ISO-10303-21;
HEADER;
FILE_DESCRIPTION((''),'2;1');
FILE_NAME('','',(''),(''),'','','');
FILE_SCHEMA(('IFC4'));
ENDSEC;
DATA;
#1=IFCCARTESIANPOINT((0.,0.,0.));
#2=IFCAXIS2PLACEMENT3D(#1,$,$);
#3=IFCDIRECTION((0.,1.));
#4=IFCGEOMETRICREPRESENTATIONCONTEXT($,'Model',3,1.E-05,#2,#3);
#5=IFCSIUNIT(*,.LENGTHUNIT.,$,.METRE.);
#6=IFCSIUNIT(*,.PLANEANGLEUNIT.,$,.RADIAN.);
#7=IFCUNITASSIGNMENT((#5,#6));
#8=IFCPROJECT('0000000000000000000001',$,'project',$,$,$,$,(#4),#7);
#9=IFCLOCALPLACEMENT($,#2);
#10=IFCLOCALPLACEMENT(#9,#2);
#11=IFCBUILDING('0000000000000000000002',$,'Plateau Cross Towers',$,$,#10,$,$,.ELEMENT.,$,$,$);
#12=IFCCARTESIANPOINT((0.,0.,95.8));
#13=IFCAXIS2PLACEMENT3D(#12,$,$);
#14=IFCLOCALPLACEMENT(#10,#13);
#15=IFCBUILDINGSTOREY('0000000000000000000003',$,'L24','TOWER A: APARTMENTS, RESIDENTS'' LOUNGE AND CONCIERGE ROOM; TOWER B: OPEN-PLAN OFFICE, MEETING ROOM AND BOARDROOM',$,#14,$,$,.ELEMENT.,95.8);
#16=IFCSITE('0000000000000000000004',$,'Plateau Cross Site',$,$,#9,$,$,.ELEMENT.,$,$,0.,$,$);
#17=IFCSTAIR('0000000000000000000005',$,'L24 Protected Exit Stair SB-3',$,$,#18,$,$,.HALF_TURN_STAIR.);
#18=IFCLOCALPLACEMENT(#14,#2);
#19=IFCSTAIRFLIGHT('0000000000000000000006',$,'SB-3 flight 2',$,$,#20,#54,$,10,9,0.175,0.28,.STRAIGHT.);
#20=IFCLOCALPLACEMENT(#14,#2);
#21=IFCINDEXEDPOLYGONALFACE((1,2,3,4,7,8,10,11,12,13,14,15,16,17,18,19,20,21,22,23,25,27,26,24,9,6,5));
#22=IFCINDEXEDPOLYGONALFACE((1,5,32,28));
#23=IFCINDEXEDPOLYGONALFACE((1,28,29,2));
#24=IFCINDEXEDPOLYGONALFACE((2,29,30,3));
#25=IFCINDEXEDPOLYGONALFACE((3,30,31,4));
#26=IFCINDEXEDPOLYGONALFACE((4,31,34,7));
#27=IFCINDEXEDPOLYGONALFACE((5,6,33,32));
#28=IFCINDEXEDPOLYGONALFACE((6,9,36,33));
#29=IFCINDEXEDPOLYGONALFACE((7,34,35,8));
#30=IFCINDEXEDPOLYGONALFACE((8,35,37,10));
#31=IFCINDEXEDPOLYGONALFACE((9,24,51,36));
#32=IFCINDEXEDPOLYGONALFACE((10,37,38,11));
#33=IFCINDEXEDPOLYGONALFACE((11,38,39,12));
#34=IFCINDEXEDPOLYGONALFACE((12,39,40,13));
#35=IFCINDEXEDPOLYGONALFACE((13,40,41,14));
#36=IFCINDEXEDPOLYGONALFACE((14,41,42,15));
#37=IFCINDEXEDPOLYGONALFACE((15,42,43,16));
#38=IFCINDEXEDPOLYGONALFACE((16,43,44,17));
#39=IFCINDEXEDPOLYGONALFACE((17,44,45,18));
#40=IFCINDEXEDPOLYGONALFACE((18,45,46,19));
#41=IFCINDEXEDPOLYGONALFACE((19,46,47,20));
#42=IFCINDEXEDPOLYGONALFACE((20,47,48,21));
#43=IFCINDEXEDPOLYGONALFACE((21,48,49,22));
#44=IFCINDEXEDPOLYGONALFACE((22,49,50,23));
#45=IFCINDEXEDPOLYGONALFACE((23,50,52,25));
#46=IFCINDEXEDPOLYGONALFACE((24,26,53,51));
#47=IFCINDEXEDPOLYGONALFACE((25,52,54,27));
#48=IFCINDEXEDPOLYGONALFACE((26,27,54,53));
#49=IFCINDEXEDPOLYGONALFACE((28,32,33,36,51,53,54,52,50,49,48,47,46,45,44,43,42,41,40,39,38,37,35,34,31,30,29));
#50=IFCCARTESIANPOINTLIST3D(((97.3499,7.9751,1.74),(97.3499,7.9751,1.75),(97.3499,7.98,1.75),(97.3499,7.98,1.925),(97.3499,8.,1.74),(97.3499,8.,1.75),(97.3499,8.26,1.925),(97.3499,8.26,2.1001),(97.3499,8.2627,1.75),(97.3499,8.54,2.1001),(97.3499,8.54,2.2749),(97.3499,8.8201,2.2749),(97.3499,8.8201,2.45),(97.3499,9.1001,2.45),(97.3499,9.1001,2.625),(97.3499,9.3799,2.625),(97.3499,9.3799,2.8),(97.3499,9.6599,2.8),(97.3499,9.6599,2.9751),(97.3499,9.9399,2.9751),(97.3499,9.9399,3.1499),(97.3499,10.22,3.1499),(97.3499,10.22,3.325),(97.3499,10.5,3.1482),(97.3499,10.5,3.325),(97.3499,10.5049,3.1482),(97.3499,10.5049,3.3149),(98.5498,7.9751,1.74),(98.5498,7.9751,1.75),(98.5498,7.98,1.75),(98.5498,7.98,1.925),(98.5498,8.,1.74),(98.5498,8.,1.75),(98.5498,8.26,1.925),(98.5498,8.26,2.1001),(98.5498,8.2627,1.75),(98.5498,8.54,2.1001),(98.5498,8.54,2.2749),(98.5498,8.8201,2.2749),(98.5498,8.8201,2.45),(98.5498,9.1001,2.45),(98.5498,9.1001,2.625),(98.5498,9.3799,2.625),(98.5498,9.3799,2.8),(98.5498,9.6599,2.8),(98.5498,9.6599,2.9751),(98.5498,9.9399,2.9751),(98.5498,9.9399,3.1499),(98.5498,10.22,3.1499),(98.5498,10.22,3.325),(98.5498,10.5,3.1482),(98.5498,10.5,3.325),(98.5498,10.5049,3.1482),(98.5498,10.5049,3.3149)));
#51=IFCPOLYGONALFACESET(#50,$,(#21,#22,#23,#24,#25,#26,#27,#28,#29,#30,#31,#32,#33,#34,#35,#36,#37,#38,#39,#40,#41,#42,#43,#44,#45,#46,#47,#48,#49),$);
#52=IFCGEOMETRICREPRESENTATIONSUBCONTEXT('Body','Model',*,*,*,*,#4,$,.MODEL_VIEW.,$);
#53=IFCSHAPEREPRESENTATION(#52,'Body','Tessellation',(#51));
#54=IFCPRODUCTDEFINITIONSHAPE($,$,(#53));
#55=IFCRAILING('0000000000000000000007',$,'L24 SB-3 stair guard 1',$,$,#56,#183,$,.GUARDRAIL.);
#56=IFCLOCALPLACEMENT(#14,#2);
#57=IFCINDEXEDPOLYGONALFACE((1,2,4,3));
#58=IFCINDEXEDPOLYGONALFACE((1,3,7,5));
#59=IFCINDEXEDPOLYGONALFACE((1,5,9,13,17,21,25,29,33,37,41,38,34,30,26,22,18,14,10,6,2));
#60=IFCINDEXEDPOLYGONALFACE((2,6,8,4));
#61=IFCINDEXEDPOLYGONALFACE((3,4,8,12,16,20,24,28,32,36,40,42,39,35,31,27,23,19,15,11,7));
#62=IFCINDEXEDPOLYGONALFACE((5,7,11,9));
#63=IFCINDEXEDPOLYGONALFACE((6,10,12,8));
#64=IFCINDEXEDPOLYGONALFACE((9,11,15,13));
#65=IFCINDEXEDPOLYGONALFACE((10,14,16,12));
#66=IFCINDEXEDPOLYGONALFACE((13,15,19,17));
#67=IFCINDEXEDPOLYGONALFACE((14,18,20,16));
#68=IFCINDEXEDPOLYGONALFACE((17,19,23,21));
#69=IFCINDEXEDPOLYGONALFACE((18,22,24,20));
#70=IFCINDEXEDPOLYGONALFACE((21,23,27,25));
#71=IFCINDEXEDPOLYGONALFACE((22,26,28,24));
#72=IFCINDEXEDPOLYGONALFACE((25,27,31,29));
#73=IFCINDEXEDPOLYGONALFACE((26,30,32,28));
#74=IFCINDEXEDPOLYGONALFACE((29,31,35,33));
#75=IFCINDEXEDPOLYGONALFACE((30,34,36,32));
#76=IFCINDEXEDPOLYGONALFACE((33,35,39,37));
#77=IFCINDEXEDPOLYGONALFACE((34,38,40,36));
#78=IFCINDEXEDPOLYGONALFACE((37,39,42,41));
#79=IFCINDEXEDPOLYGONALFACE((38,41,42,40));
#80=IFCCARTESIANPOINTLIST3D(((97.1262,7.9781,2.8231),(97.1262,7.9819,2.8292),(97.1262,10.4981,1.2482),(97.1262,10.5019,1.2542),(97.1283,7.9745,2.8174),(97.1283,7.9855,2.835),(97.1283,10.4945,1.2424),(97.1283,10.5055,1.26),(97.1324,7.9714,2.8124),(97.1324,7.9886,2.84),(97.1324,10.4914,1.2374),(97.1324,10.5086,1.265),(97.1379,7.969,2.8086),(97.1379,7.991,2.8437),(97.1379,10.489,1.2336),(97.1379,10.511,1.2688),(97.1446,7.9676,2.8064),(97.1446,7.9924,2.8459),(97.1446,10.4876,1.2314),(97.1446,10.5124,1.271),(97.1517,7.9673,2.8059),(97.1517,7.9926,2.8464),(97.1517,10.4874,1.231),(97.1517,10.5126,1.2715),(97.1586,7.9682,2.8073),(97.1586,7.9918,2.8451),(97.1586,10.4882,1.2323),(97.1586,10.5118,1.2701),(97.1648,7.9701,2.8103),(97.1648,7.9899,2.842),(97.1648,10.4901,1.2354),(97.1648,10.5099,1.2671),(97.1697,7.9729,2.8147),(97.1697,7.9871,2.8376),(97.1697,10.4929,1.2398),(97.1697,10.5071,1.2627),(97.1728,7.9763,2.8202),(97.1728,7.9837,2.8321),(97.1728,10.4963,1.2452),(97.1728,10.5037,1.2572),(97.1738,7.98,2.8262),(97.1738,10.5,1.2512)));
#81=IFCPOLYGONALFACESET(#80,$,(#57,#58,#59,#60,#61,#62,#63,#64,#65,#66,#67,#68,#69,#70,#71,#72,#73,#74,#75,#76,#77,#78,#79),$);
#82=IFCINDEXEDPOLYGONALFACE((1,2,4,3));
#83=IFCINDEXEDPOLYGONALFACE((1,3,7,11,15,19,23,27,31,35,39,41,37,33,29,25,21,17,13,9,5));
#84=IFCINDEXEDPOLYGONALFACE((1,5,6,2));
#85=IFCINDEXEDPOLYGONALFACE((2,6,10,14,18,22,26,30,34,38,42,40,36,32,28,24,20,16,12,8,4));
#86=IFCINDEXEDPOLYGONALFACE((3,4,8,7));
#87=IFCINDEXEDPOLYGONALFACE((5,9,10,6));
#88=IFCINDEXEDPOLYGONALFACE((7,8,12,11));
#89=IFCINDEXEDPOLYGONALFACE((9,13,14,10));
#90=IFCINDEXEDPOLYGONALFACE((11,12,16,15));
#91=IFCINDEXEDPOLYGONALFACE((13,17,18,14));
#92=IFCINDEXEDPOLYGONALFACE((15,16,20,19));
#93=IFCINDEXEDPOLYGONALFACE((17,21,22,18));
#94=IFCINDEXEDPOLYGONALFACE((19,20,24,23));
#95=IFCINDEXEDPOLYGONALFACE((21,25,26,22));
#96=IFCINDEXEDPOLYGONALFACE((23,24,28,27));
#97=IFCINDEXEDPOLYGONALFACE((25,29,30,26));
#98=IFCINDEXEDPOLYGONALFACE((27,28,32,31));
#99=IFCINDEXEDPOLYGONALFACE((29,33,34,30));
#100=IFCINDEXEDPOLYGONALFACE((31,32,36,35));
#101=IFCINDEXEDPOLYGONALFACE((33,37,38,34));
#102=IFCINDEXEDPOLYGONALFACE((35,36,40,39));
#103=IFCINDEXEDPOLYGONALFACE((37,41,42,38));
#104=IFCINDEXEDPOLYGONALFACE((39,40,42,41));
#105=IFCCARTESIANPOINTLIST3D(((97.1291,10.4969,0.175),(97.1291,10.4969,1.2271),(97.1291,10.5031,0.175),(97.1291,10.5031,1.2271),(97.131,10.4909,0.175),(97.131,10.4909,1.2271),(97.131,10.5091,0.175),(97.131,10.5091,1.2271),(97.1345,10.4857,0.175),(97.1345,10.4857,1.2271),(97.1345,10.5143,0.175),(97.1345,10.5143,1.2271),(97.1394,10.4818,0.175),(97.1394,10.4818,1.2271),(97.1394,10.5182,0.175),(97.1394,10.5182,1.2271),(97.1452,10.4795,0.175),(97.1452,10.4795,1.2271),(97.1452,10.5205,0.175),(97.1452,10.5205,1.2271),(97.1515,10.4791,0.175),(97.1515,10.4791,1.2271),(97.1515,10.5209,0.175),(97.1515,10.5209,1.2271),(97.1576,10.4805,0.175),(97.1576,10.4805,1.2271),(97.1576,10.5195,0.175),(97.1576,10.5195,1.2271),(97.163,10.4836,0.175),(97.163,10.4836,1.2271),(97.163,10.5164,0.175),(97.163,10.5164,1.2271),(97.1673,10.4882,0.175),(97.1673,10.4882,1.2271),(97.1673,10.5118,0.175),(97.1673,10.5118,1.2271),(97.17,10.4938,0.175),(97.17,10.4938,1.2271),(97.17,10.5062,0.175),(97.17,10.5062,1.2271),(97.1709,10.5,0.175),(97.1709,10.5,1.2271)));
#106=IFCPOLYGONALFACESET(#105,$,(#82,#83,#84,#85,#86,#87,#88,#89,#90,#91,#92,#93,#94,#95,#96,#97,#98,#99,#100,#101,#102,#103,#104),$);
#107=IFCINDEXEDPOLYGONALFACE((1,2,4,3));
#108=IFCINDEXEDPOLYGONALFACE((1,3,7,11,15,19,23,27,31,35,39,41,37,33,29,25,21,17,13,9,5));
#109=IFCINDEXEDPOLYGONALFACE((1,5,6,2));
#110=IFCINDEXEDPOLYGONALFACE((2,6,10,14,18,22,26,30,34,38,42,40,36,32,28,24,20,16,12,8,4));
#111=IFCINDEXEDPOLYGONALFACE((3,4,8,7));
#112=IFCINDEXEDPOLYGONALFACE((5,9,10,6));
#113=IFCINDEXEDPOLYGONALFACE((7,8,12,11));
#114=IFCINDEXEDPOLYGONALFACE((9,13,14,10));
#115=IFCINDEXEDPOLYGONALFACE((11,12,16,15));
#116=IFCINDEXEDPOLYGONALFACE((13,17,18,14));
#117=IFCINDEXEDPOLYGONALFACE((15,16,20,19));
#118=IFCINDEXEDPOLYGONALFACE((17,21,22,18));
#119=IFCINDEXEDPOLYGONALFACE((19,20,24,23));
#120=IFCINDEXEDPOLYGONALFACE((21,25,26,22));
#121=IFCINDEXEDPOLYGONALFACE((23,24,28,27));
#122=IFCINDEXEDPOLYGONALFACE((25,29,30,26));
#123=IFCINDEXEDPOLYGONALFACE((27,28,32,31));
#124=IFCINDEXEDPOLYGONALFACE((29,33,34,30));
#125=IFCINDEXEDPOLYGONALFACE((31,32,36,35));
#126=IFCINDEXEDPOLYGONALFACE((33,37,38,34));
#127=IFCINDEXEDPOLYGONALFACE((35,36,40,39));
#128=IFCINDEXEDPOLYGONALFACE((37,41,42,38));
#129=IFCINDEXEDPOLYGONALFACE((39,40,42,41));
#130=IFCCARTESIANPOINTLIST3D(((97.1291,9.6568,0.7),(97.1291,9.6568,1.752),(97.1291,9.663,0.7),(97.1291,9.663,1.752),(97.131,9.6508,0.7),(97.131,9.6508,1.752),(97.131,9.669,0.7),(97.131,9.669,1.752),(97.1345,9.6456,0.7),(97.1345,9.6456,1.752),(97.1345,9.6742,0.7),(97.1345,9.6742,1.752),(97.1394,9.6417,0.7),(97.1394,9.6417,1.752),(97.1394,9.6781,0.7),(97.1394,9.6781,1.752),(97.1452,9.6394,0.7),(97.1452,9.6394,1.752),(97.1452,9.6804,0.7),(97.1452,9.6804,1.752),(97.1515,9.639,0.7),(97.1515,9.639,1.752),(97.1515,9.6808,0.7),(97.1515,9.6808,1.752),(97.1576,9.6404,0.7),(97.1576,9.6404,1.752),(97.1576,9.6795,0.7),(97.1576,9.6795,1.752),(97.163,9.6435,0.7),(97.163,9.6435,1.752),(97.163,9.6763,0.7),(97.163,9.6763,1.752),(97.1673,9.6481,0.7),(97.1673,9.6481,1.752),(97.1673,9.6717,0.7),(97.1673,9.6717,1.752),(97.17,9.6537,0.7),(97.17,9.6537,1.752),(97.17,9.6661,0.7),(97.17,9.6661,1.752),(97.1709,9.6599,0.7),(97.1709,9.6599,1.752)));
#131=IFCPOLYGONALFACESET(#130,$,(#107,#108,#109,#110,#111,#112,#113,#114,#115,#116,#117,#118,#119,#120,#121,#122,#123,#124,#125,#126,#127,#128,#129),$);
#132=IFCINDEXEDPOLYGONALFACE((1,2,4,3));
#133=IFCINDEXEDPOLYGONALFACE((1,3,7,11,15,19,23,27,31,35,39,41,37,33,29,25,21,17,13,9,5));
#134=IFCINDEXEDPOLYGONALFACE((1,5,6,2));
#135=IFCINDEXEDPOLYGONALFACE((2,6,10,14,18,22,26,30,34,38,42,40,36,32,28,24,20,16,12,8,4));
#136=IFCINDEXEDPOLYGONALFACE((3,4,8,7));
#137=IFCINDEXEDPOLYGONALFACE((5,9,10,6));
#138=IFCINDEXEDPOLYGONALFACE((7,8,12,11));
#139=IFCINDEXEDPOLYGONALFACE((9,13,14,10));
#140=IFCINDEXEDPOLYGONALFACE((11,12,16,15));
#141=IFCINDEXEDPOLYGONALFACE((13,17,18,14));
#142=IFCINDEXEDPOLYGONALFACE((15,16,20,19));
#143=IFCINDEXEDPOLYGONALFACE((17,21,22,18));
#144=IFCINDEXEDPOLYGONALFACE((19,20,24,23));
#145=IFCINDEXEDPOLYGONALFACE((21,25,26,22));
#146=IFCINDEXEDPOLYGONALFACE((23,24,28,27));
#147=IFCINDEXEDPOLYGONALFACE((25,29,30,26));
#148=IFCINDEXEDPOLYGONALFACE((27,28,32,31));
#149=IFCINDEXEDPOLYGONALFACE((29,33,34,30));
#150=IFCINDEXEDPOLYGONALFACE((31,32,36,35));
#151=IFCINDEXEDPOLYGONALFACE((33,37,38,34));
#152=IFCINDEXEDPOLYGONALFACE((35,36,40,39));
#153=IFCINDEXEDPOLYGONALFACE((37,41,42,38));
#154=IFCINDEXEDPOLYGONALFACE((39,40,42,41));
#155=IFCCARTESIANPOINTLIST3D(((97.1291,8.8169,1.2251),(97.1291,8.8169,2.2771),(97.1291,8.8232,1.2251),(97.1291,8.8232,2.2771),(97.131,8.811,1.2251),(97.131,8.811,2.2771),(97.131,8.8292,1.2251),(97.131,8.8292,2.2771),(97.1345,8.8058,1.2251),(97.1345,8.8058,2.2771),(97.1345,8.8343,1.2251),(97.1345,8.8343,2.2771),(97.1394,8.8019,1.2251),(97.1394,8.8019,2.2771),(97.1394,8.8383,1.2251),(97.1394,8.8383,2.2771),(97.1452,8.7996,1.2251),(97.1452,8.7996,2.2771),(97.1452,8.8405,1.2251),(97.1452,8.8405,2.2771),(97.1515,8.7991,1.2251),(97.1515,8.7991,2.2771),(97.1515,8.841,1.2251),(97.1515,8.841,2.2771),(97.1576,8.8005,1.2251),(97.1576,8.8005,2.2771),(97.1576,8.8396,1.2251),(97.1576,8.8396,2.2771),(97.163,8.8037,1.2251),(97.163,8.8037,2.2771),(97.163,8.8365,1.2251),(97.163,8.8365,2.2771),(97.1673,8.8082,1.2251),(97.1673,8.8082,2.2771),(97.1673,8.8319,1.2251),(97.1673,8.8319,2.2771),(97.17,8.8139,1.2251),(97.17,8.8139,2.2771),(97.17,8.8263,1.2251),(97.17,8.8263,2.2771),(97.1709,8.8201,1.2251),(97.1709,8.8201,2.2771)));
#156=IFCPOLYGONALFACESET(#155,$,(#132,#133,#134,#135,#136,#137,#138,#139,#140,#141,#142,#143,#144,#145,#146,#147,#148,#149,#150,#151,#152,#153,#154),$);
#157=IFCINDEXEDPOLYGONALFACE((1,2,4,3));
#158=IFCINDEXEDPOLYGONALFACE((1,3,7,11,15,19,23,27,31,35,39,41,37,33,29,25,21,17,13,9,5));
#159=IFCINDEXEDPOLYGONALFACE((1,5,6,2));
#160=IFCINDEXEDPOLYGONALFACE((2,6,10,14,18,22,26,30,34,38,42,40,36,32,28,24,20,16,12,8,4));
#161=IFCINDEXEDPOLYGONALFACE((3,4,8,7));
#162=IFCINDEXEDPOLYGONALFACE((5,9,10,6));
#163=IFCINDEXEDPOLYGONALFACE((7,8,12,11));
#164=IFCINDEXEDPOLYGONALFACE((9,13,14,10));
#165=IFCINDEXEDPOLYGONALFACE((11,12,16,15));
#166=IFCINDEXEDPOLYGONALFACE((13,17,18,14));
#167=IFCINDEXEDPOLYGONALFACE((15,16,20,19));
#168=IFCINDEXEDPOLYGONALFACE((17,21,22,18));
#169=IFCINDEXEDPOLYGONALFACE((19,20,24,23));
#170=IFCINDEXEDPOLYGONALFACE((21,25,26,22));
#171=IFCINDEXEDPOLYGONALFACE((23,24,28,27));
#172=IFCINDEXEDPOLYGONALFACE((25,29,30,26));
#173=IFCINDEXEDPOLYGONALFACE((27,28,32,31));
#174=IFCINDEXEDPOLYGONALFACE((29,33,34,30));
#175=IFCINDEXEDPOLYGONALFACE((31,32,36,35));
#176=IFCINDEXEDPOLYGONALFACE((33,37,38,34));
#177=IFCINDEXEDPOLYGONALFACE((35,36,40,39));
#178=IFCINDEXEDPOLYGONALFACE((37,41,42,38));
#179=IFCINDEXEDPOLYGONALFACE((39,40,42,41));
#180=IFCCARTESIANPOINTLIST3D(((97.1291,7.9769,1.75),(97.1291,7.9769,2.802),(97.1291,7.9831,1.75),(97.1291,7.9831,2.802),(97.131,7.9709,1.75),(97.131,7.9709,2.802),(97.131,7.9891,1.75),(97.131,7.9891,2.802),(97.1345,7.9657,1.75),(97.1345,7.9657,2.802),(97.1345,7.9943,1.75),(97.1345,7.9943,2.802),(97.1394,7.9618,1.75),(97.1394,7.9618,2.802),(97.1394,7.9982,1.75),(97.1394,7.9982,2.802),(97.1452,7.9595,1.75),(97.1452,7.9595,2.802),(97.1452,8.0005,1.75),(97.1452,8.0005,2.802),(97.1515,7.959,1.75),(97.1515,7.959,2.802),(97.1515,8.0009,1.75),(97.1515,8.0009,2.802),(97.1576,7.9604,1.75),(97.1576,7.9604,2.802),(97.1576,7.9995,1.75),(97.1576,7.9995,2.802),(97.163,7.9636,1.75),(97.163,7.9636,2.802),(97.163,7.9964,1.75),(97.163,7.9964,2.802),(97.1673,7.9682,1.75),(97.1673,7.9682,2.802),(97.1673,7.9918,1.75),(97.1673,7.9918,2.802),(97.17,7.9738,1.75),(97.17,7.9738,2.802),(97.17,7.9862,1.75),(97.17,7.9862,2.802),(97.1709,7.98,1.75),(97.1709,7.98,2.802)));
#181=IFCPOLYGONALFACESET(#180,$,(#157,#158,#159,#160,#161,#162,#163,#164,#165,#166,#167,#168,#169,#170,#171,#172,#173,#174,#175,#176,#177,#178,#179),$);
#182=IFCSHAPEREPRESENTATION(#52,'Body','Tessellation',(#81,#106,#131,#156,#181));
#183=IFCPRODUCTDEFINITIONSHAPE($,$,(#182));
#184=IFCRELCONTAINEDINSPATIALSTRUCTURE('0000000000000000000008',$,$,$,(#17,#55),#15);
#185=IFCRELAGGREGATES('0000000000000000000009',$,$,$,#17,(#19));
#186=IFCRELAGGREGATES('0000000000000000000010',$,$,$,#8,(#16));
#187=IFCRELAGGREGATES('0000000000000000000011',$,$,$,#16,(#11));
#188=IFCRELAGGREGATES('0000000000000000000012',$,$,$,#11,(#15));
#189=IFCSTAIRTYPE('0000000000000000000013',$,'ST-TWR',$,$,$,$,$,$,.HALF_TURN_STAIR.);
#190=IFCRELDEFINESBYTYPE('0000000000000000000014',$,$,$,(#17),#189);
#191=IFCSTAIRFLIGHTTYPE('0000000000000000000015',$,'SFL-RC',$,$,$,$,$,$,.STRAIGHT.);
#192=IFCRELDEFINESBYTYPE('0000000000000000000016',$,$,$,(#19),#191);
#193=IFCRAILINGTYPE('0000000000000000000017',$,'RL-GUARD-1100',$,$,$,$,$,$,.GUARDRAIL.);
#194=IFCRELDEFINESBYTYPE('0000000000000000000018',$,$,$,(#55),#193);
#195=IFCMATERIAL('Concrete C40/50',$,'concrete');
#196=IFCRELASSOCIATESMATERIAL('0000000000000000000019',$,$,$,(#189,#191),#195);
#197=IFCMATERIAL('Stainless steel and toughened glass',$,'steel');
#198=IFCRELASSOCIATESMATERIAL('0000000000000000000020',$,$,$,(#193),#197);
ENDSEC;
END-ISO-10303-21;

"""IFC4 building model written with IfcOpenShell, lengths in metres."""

from ifc_helpers import new_model, si_unit, direction, frame, origin, origin_2d, place, context, subcontext, project, spatial, polyline, circle, outline, extrude, material, type_object, element, aggregate, save


model = new_model("IFC4")

# Units and contexts
model_context = context("Model", 3, precision=1e-05, world=origin(), true_north=direction((0.0, 1.0)))
body_context = subcontext(model_context, "Body", "Model", "MODEL_VIEW")
ifc_project = project(units=[si_unit("LENGTHUNIT", "METRE"), si_unit("PLANEANGLEUNIT", "RADIAN")], contexts=[model_context])

# Site, building, storey
site_placement = place(None, origin())
site = spatial("IfcSite", under=ifc_project, at=site_placement, Name="Plateau Cross Site", CompositionType="ELEMENT", RefElevation=0.0)
building_placement = place(site_placement, origin())
building = spatial("IfcBuilding", under=site, at=building_placement, Name="Plateau Cross Towers", CompositionType="ELEMENT")
storey_placement = place(building_placement, frame((0.0, 0.0, 95.8)))
storey = spatial("IfcBuildingStorey", under=building, at=storey_placement, Name="L24", Description="TOWER A: APARTMENTS, RESIDENTS' LOUNGE AND CONCIERGE ROOM; TOWER B: OPEN-PLAN OFFICE, MEETING ROOM AND BOARDROOM", CompositionType="ELEMENT", Elevation=95.8)

# Stair, stair flight
ifc_material_1 = material(Name="Concrete C40/50", Category="concrete")
stair_type = type_object("IfcStairType", Name="ST-TWR", PredefinedType="HALF_TURN_STAIR", material=ifc_material_1)
stair_placement = place(storey_placement, origin())
stair = element("IfcStair", 1, at=stair_placement, inside=storey, type_object=stair_type, Name="L24 Protected Exit Stair SB-3", PredefinedType="HALF_TURN_STAIR")
stair_flight_type = type_object("IfcStairFlightType", Name="SFL-RC", PredefinedType="STRAIGHT", material=ifc_material_1)
stair_flight_1_placement = place(storey_placement, frame((97.95, 7.98, 1.75), z_axis=(0.0, 0.0, 1.0), x_axis=(0.0, 1.0, 0.0)))
stair_flight_1 = element("IfcStairFlight", 2, at=stair_flight_1_placement, type_object=stair_flight_type, Name="SB-3 flight 2", NumberOfRisers=10, NumberOfTreads=9, PredefinedType="STRAIGHT", RiserHeight=0.175, TreadLength=0.28, context=body_context, shape_type="SweptSolid", body=[
    extrude(outline(polyline([(-0.0049, -0.01), (-0.0049, 0.0), (0.0, 0.0), (0.0, 0.175), (0.28, 0.175), (0.28, 0.3501), (0.5601, 0.3501), (0.5601, 0.5249), (0.8401, 0.5249), (0.8401, 0.7), (1.1201, 0.7), (1.1201, 0.875), (1.3999, 0.875), (1.3999, 1.05), (1.6799, 1.05), (1.6799, 1.2251), (1.96, 1.2251), (1.96, 1.3999), (2.24, 1.3999), (2.24, 1.575), (2.52, 1.575), (2.5249, 1.5649), (2.5249, 1.3982), (2.52, 1.3982), (0.2827, 0.0), (0.02, 0.0), (0.02, -0.01), (-0.0049, -0.01)])), frame((0.0, 0.6001, 0.0), z_axis=(0.0, -1.0, 0.0), x_axis=(1.0, 0.0, 0.0)), (0.0, 0.0, 1.0), 1.2),
])
aggregate(stair, [stair_flight_1])

# Railing
ifc_material_2 = material(Name="Stainless steel and toughened glass", Category="steel")
railing_type_1 = type_object("IfcRailingType", Name="RL-GUARD-1100", PredefinedType="GUARDRAIL", material=ifc_material_2)
railing_1_placement = place(storey_placement, frame((97.1499, 10.5, 0.175)))
element("IfcRailing", 3, at=railing_1_placement, inside=storey, type_object=railing_type_1, Name="L24 SB-3 stair guard 1", PredefinedType="GUARDRAIL", context=body_context, shape_type="SweptSolid", body=[
    extrude(circle(Radius=0.0239, at=origin_2d()), frame((0.0, 0.0, 1.0762), z_axis=(0.0, -0.848008, 0.529984), x_axis=(1.0, 0.0, 0.0)), (0.0, 0.0, 1.0), 2.9717),
    extrude(circle(Radius=0.021, at=origin_2d()), origin(), (0.0, 0.0, 1.0), 1.052),
    extrude(circle(Radius=0.021, at=origin_2d()), frame((0.0, -0.8401, 0.5249)), (0.0, 0.0, 1.0), 1.052),
    extrude(circle(Radius=0.021, at=origin_2d()), frame((0.0, -1.6799, 1.05)), (0.0, 0.0, 1.0), 1.052),
    extrude(circle(Radius=0.021, at=origin_2d()), frame((0.0, -2.52, 1.575)), (0.0, 0.0, 1.0), 1.052),
])

save(model, "model.ifc")
